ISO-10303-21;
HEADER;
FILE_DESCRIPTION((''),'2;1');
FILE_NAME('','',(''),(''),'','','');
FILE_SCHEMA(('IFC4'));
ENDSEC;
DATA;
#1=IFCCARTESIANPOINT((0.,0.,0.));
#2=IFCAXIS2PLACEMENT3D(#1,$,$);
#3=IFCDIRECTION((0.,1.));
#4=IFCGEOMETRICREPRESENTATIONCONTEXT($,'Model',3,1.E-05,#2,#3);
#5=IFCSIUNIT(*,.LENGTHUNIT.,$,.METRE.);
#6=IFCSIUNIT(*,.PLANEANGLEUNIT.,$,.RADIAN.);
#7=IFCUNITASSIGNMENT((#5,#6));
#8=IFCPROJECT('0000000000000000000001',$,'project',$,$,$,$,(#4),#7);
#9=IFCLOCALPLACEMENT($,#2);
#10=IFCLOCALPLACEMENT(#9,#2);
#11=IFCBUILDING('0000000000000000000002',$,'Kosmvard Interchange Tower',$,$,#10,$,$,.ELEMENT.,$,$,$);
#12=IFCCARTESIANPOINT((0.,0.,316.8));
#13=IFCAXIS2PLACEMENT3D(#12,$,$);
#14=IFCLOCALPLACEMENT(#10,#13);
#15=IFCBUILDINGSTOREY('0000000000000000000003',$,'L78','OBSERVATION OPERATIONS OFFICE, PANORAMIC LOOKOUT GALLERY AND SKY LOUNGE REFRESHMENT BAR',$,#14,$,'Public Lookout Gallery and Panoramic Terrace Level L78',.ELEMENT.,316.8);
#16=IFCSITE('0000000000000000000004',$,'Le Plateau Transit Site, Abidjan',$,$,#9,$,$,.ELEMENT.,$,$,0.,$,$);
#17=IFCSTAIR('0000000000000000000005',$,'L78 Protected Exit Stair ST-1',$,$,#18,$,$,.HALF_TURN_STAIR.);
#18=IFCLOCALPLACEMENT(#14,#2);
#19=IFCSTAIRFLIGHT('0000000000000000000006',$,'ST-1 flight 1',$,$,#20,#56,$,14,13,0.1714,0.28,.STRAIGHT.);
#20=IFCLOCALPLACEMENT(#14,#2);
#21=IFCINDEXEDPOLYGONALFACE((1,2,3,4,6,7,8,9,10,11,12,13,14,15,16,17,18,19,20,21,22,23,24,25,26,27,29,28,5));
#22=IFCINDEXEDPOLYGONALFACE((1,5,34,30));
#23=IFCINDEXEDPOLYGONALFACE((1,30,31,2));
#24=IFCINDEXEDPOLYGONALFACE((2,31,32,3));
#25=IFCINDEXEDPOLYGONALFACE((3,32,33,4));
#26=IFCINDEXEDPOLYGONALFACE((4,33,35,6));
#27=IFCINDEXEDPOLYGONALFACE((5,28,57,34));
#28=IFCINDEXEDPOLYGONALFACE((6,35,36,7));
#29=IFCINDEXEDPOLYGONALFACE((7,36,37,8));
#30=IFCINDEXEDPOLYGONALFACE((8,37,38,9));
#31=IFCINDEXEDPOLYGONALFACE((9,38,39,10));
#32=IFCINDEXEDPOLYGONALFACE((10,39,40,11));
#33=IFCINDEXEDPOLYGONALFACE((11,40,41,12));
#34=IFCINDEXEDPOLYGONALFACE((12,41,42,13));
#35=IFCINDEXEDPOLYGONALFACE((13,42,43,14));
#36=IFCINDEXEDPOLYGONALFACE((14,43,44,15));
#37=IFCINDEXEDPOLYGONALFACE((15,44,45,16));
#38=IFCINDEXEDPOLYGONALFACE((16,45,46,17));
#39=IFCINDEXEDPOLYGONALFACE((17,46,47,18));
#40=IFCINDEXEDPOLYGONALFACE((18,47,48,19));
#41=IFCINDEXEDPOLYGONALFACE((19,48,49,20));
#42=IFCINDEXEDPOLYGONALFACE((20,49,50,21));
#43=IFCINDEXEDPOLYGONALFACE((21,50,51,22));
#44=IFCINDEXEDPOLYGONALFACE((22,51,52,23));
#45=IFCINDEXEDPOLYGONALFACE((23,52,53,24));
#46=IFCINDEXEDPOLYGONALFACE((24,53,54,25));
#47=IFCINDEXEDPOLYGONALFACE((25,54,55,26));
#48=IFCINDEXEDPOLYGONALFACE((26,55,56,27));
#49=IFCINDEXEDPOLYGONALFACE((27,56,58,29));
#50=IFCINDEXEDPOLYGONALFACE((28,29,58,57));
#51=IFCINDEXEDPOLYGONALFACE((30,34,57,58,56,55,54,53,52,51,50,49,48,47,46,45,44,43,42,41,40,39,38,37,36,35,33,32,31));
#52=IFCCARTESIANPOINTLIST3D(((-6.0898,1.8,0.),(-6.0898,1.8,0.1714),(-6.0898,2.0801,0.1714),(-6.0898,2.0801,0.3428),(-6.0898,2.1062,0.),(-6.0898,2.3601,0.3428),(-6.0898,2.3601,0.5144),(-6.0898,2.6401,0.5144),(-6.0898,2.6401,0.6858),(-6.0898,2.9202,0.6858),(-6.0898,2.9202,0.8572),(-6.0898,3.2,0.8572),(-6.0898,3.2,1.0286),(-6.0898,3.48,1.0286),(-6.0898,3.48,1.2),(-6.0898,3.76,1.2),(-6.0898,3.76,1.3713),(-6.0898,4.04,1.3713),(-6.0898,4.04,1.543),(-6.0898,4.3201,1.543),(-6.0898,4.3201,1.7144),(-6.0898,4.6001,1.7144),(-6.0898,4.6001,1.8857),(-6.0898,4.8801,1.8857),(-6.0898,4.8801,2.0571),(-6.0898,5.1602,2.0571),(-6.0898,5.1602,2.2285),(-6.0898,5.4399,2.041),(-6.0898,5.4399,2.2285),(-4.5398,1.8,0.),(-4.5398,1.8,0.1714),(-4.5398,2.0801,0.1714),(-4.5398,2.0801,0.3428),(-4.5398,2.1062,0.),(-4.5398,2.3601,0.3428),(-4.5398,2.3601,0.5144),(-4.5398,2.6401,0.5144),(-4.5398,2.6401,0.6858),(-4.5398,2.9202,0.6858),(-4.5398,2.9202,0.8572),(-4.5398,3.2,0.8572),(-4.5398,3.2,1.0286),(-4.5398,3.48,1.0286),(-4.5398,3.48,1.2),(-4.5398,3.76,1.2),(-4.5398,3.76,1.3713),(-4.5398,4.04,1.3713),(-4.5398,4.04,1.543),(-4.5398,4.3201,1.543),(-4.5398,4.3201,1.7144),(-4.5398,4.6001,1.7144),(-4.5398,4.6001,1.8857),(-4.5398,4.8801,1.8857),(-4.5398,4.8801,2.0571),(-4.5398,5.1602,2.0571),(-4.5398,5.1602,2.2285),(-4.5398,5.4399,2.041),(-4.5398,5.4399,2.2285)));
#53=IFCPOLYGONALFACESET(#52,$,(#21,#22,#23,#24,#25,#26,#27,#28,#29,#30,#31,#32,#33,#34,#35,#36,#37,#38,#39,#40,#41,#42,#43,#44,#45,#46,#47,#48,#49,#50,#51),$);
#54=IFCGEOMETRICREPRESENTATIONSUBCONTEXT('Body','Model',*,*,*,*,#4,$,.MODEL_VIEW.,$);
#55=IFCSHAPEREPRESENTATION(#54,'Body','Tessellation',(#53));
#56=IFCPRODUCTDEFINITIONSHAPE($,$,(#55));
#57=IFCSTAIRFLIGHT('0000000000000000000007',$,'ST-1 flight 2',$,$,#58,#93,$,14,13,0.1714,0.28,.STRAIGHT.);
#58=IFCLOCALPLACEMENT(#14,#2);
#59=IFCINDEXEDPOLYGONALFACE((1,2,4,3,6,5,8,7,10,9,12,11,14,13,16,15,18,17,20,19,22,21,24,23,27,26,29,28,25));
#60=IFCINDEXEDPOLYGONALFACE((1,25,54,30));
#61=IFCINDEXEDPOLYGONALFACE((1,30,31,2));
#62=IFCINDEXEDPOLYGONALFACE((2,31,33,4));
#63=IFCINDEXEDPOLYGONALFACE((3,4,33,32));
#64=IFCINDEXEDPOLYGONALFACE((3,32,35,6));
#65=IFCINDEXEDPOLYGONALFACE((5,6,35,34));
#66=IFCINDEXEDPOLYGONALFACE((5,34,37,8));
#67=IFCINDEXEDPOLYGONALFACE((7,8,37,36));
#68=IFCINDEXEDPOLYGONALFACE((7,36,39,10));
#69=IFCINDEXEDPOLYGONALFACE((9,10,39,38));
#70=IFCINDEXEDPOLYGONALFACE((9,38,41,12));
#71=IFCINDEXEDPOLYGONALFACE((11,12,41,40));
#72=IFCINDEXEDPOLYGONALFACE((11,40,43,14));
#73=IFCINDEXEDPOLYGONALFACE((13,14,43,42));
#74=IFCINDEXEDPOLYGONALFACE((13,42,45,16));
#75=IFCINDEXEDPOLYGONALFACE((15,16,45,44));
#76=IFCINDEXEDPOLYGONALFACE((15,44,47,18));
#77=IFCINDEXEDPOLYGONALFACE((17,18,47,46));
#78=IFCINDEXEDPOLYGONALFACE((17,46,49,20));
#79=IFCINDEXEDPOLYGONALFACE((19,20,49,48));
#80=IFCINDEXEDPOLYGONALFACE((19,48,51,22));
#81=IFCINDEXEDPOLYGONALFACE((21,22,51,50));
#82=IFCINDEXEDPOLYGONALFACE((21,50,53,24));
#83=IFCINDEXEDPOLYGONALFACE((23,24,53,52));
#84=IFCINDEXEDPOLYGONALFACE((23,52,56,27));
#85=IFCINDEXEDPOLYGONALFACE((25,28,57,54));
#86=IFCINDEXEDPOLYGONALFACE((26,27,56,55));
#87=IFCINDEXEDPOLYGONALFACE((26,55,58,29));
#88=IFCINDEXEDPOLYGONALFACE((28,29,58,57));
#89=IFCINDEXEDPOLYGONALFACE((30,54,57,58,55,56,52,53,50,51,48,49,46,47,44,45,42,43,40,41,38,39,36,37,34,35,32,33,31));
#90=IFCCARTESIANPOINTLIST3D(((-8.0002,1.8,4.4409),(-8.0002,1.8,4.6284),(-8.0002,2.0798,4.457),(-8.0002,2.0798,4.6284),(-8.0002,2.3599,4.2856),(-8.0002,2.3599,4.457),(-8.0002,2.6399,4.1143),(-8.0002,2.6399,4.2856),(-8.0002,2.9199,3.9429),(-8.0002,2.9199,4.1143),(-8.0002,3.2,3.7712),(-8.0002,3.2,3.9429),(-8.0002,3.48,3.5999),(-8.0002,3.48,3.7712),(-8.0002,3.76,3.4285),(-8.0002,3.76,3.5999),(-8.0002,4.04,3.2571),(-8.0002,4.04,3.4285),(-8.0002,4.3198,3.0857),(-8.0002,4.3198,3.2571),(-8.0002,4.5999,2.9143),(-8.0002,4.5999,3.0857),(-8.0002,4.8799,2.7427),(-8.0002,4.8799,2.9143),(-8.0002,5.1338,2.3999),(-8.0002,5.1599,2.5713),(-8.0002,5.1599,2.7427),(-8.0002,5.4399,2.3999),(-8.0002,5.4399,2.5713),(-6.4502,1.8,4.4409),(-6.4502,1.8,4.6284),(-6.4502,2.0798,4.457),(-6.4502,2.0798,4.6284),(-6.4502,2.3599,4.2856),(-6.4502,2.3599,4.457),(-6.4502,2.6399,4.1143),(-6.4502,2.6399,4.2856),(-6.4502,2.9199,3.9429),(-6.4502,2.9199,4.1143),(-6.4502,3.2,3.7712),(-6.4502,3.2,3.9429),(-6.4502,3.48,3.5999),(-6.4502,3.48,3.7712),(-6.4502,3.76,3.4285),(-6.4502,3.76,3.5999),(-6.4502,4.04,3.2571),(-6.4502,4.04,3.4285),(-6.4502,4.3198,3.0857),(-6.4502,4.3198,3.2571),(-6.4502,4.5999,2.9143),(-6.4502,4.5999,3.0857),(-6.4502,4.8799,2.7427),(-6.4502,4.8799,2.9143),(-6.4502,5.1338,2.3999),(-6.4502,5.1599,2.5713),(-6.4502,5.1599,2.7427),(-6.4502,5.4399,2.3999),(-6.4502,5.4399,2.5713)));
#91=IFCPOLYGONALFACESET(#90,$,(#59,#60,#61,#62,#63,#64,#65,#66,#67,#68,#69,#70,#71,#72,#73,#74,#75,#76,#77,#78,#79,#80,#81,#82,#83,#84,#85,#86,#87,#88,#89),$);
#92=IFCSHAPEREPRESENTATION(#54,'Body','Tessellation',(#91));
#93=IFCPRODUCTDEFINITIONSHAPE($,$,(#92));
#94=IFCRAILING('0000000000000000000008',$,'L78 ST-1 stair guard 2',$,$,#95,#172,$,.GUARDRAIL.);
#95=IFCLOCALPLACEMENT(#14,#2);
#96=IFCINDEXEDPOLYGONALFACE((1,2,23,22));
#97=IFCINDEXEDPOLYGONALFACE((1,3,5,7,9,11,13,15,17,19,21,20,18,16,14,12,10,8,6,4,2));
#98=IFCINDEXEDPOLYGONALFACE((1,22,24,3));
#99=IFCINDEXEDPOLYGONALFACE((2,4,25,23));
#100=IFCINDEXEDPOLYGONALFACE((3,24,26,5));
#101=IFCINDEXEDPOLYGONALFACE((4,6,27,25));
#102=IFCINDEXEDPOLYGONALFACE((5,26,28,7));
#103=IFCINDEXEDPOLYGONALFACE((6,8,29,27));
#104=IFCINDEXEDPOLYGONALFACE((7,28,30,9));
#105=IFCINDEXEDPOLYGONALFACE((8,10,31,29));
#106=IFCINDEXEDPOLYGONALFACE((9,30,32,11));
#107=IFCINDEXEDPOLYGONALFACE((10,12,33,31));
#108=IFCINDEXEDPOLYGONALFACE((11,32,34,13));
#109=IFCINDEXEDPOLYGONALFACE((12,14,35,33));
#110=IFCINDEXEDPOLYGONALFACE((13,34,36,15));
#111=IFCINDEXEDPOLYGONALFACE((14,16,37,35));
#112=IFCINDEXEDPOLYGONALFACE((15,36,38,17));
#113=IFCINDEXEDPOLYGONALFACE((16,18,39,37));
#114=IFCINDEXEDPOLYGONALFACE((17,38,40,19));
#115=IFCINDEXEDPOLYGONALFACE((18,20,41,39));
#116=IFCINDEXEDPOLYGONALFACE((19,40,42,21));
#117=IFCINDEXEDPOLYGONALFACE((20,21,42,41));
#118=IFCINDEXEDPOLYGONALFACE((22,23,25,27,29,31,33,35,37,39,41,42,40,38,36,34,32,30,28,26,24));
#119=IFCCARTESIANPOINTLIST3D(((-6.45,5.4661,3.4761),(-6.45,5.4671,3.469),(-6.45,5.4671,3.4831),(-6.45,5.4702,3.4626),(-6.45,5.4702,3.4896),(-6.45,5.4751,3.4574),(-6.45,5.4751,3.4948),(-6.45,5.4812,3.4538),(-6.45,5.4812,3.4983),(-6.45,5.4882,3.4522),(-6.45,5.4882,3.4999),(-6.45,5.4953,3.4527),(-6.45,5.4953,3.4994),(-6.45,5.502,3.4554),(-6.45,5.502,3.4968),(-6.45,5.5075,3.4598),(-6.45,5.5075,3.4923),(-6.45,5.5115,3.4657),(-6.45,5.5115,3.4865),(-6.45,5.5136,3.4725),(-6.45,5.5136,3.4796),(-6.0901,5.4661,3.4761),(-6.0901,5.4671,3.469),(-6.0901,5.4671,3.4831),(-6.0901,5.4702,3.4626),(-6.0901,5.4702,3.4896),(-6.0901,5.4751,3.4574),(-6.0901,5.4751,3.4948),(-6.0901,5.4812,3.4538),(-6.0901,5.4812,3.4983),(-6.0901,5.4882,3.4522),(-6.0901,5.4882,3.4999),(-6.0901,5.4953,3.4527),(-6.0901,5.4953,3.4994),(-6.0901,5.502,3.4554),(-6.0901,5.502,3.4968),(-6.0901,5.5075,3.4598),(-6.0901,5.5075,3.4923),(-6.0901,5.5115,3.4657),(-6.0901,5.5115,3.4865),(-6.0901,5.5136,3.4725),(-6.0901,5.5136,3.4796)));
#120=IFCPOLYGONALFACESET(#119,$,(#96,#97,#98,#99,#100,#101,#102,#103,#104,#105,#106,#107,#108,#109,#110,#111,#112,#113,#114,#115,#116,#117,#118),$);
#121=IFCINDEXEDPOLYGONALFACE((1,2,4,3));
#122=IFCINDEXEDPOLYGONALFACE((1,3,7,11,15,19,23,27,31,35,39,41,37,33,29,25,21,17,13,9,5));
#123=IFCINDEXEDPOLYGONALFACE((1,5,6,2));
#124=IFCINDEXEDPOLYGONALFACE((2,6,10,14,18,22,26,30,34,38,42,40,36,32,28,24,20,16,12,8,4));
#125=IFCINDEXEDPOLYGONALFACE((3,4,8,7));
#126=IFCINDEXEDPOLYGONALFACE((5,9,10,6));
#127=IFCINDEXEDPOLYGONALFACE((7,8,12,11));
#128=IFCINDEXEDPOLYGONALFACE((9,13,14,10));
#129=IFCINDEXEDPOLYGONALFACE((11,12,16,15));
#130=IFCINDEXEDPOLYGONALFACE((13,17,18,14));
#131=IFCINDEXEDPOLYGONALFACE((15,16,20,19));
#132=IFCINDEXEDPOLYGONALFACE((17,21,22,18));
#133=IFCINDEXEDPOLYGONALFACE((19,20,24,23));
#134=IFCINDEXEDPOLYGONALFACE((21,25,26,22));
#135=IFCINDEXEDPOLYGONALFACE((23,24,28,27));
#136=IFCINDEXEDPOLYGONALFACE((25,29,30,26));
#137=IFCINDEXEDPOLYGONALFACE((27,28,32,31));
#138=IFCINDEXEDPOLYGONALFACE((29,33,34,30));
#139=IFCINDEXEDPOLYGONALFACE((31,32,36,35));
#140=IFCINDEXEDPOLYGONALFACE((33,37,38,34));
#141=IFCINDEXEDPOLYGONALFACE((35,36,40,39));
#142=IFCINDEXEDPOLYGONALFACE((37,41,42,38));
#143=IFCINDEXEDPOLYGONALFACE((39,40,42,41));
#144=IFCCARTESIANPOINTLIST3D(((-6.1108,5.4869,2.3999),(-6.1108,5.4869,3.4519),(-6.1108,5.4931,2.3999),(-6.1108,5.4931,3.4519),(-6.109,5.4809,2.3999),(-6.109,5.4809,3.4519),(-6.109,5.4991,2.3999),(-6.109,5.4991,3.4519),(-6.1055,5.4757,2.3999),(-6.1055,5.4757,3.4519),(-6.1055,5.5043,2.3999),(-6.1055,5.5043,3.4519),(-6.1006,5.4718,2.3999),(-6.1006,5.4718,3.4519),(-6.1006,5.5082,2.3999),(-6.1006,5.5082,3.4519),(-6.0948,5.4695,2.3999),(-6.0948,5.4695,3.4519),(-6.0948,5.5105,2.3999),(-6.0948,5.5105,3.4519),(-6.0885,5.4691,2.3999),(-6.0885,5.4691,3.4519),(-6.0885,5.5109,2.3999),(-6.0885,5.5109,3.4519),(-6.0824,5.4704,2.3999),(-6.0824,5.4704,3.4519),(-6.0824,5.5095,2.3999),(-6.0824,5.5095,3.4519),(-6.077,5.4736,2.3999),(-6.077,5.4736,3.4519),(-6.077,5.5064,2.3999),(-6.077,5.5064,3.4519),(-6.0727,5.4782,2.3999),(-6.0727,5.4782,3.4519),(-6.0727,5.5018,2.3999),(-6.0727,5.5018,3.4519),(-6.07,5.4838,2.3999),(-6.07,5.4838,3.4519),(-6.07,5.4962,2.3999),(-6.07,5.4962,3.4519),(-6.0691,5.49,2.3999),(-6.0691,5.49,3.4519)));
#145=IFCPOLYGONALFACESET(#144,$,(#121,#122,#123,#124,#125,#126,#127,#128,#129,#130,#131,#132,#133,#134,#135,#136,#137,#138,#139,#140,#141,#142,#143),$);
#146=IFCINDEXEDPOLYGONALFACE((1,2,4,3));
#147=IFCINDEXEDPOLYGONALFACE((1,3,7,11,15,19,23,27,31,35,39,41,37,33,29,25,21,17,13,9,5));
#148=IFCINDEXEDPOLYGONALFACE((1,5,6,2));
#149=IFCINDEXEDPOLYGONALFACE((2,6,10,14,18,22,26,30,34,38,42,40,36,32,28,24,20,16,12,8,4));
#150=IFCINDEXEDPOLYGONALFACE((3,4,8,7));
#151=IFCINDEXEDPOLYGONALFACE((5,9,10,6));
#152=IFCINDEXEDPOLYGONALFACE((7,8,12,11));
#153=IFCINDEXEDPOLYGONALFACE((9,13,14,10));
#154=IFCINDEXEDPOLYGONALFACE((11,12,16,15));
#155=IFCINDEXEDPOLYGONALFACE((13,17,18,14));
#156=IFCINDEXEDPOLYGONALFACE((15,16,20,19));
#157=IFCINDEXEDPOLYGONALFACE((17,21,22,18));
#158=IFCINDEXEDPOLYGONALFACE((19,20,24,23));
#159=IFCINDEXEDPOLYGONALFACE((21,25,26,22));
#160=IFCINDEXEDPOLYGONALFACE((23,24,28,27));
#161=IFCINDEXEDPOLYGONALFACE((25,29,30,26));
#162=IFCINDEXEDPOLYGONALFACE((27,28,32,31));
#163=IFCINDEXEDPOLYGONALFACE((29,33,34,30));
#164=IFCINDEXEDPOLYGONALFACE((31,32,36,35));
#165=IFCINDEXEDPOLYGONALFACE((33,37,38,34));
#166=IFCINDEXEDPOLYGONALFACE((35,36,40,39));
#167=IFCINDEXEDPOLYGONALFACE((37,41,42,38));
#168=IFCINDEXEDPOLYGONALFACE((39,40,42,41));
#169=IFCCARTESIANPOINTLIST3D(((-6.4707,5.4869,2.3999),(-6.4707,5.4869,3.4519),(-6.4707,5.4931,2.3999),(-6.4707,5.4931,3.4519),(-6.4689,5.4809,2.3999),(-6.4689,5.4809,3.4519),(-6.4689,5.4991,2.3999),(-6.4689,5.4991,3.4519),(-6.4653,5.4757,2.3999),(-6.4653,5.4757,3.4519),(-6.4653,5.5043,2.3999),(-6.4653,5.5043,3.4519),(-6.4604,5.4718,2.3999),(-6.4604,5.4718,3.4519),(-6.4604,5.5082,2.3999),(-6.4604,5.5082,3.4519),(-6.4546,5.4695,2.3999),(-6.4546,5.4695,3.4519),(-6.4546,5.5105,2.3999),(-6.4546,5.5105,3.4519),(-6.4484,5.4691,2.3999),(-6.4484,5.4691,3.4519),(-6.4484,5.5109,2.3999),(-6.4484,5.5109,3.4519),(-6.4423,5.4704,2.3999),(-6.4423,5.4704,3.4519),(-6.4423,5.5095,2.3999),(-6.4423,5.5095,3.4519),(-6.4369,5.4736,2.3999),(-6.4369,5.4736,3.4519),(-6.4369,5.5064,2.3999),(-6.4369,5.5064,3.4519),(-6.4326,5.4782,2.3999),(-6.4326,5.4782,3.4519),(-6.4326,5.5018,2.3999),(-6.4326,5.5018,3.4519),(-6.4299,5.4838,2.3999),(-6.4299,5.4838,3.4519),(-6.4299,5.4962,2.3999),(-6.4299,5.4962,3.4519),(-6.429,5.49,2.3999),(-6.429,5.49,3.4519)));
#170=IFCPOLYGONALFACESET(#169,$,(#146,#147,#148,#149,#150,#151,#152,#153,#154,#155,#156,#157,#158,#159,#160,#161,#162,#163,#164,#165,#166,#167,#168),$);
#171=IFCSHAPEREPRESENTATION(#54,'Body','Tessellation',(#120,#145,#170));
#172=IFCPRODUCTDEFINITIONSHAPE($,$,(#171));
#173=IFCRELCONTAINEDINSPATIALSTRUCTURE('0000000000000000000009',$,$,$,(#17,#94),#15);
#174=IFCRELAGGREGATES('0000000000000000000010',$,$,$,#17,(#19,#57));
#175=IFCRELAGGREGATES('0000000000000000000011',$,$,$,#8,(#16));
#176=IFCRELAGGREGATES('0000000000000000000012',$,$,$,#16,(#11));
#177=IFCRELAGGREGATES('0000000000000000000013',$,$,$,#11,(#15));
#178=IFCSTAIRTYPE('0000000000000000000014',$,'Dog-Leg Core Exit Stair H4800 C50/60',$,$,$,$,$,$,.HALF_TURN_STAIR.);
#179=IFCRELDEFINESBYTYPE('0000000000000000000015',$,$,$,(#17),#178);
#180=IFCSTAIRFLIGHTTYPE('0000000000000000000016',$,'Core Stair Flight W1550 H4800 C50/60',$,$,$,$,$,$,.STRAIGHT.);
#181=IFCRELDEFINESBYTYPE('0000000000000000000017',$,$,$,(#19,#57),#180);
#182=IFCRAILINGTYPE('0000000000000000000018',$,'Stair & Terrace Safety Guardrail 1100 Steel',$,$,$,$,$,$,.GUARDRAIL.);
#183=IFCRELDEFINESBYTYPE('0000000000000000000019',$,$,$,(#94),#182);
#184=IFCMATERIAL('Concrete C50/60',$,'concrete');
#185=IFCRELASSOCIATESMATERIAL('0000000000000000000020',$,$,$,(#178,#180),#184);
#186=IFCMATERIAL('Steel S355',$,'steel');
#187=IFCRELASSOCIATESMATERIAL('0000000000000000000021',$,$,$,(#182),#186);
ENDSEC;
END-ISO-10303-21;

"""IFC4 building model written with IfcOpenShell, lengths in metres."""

from ifc_helpers import new_model, si_unit, direction, frame, origin, origin_2d, place, context, subcontext, project, spatial, polyline, circle, outline, extrude, source, transform, mapped, material, type_object, element, aggregate, save


model = new_model("IFC4")

# Units and contexts
model_context = context("Model", 3, precision=1e-05, world=origin(), true_north=direction((0.0, 1.0)))
body_context = subcontext(model_context, "Body", "Model", "MODEL_VIEW")
ifc_project = project(units=[si_unit("LENGTHUNIT", "METRE"), si_unit("PLANEANGLEUNIT", "RADIAN")], contexts=[model_context])

# Site, building, storey
site_placement = place(None, origin())
site = spatial("IfcSite", under=ifc_project, at=site_placement, Name="Le Plateau Transit Site, Abidjan", CompositionType="ELEMENT", RefElevation=0.0)
building_placement = place(site_placement, origin())
building = spatial("IfcBuilding", under=site, at=building_placement, Name="Kosmvard Interchange Tower", CompositionType="ELEMENT")
storey_placement = place(building_placement, frame((0.0, 0.0, 316.8)))
storey = spatial("IfcBuildingStorey", under=building, at=storey_placement, Name="L78", Description="OBSERVATION OPERATIONS OFFICE, PANORAMIC LOOKOUT GALLERY AND SKY LOUNGE REFRESHMENT BAR", LongName="Public Lookout Gallery and Panoramic Terrace Level L78", CompositionType="ELEMENT", Elevation=316.8)

# Shared definitions
ifc_material_1 = material(Name="Concrete C50/60", Category="concrete")

# Shared definitions
ifc_material_2 = material(Name="Steel S355", Category="steel")

# Stair, stair flights
stair_type = type_object("IfcStairType", Name="Dog-Leg Core Exit Stair H4800 C50/60", PredefinedType="HALF_TURN_STAIR", material=ifc_material_1)
stair_placement = place(storey_placement, origin())
stair = element("IfcStair", 1, at=stair_placement, inside=storey, type_object=stair_type, Name="L78 Protected Exit Stair ST-1", PredefinedType="HALF_TURN_STAIR")
stair_flight_type = type_object("IfcStairFlightType", Name="Core Stair Flight W1550 H4800 C50/60", PredefinedType="STRAIGHT", material=ifc_material_1)
shared_shape_1 = source(origin(), body_context, "Body", "SweptSolid", [
    extrude(outline(polyline([(0.0, 0.0), (0.0, 0.1714), (0.28, 0.1714), (0.28, 0.3428), (0.5601, 0.3428), (0.5601, 0.5144), (0.8401, 0.5144), (0.8401, 0.6858), (1.1201, 0.6858), (1.1201, 0.8572), (1.3999, 0.8572), (1.3999, 1.0286), (1.6799, 1.0286), (1.6799, 1.2), (1.96, 1.2), (1.96, 1.3713), (2.24, 1.3713), (2.24, 1.543), (2.52, 1.543), (2.52, 1.7144), (2.8, 1.7144), (2.8, 1.8857), (3.0801, 1.8857), (3.0801, 2.0571), (3.3601, 2.0571), (3.3601, 2.2285), (3.6399, 2.2285), (3.6399, 2.3999), (3.6399, 2.041), (0.3062, 0.0), (0.0, 0.0)])), frame((0.0, 0.7749, 0.0), z_axis=(0.0, -1.0, 0.0), x_axis=(1.0, 0.0, 0.0)), (0.0, 0.0, 1.0), 1.55),
])
stair_flight_1_placement = place(storey_placement, frame((-5.3149, 1.8, 0.0), z_axis=(0.0, 0.0, 1.0), x_axis=(0.0, 1.0, 0.0)))
stair_flight_1 = element("IfcStairFlight", 2, at=stair_flight_1_placement, type_object=stair_flight_type, Name="ST-1 flight 1", NumberOfRisers=14, NumberOfTreads=13, PredefinedType="STRAIGHT", RiserHeight=0.1714, TreadLength=0.28, context=body_context, shape_type="MappedRepresentation", body=[
    mapped(shared_shape_1, transform((0.0, 0.0, 0.0), scale=1.0)),
])
stair_flight_2_placement = place(storey_placement, frame((-7.2251, 5.4399, 2.3999), z_axis=(0.0, 0.0, 1.0), x_axis=(0.0, -1.0, 0.0)))
stair_flight_2 = element("IfcStairFlight", 3, at=stair_flight_2_placement, type_object=stair_flight_type, Name="ST-1 flight 2", NumberOfRisers=14, NumberOfTreads=13, PredefinedType="STRAIGHT", RiserHeight=0.1714, TreadLength=0.28, context=body_context, shape_type="MappedRepresentation", body=[
    mapped(shared_shape_1, transform((0.0, 0.0, 0.0), scale=1.0)),
])
aggregate(stair, [stair_flight_1, stair_flight_2])

# Railing
railing_type_1 = type_object("IfcRailingType", Name="Stair & Terrace Safety Guardrail 1100 Steel", PredefinedType="GUARDRAIL", material=ifc_material_2)
shared_shape_2 = source(origin(), body_context, "Body", "SweptSolid", [
    extrude(circle(Radius=0.0239, at=origin_2d()), frame((0.0, 0.0, 1.0762), z_axis=(-1.0, 0.0, 0.0), x_axis=(0.0, -1.0, 0.0)), (0.0, 0.0, 1.0), 0.3599),
    extrude(circle(Radius=0.021, at=origin_2d()), origin(), (0.0, 0.0, 1.0), 1.052),
    extrude(circle(Radius=0.021, at=origin_2d()), frame((-0.3599, 0.0, 0.0)), (0.0, 0.0, 1.0), 1.052),
])
for number, where, name in (
    (4, (-6.0901, 5.49, 2.3999), "L78 ST-1 stair guard 2"),
):
    element("IfcRailing", number, at=place(storey_placement, frame(where)), inside=storey, type_object=railing_type_1, Name=name, PredefinedType="GUARDRAIL", context=body_context, shape_type="MappedRepresentation", body=[
        mapped(shared_shape_2, transform((0.0, 0.0, 0.0), scale=1.0)),
    ])

save(model, "model.ifc")
